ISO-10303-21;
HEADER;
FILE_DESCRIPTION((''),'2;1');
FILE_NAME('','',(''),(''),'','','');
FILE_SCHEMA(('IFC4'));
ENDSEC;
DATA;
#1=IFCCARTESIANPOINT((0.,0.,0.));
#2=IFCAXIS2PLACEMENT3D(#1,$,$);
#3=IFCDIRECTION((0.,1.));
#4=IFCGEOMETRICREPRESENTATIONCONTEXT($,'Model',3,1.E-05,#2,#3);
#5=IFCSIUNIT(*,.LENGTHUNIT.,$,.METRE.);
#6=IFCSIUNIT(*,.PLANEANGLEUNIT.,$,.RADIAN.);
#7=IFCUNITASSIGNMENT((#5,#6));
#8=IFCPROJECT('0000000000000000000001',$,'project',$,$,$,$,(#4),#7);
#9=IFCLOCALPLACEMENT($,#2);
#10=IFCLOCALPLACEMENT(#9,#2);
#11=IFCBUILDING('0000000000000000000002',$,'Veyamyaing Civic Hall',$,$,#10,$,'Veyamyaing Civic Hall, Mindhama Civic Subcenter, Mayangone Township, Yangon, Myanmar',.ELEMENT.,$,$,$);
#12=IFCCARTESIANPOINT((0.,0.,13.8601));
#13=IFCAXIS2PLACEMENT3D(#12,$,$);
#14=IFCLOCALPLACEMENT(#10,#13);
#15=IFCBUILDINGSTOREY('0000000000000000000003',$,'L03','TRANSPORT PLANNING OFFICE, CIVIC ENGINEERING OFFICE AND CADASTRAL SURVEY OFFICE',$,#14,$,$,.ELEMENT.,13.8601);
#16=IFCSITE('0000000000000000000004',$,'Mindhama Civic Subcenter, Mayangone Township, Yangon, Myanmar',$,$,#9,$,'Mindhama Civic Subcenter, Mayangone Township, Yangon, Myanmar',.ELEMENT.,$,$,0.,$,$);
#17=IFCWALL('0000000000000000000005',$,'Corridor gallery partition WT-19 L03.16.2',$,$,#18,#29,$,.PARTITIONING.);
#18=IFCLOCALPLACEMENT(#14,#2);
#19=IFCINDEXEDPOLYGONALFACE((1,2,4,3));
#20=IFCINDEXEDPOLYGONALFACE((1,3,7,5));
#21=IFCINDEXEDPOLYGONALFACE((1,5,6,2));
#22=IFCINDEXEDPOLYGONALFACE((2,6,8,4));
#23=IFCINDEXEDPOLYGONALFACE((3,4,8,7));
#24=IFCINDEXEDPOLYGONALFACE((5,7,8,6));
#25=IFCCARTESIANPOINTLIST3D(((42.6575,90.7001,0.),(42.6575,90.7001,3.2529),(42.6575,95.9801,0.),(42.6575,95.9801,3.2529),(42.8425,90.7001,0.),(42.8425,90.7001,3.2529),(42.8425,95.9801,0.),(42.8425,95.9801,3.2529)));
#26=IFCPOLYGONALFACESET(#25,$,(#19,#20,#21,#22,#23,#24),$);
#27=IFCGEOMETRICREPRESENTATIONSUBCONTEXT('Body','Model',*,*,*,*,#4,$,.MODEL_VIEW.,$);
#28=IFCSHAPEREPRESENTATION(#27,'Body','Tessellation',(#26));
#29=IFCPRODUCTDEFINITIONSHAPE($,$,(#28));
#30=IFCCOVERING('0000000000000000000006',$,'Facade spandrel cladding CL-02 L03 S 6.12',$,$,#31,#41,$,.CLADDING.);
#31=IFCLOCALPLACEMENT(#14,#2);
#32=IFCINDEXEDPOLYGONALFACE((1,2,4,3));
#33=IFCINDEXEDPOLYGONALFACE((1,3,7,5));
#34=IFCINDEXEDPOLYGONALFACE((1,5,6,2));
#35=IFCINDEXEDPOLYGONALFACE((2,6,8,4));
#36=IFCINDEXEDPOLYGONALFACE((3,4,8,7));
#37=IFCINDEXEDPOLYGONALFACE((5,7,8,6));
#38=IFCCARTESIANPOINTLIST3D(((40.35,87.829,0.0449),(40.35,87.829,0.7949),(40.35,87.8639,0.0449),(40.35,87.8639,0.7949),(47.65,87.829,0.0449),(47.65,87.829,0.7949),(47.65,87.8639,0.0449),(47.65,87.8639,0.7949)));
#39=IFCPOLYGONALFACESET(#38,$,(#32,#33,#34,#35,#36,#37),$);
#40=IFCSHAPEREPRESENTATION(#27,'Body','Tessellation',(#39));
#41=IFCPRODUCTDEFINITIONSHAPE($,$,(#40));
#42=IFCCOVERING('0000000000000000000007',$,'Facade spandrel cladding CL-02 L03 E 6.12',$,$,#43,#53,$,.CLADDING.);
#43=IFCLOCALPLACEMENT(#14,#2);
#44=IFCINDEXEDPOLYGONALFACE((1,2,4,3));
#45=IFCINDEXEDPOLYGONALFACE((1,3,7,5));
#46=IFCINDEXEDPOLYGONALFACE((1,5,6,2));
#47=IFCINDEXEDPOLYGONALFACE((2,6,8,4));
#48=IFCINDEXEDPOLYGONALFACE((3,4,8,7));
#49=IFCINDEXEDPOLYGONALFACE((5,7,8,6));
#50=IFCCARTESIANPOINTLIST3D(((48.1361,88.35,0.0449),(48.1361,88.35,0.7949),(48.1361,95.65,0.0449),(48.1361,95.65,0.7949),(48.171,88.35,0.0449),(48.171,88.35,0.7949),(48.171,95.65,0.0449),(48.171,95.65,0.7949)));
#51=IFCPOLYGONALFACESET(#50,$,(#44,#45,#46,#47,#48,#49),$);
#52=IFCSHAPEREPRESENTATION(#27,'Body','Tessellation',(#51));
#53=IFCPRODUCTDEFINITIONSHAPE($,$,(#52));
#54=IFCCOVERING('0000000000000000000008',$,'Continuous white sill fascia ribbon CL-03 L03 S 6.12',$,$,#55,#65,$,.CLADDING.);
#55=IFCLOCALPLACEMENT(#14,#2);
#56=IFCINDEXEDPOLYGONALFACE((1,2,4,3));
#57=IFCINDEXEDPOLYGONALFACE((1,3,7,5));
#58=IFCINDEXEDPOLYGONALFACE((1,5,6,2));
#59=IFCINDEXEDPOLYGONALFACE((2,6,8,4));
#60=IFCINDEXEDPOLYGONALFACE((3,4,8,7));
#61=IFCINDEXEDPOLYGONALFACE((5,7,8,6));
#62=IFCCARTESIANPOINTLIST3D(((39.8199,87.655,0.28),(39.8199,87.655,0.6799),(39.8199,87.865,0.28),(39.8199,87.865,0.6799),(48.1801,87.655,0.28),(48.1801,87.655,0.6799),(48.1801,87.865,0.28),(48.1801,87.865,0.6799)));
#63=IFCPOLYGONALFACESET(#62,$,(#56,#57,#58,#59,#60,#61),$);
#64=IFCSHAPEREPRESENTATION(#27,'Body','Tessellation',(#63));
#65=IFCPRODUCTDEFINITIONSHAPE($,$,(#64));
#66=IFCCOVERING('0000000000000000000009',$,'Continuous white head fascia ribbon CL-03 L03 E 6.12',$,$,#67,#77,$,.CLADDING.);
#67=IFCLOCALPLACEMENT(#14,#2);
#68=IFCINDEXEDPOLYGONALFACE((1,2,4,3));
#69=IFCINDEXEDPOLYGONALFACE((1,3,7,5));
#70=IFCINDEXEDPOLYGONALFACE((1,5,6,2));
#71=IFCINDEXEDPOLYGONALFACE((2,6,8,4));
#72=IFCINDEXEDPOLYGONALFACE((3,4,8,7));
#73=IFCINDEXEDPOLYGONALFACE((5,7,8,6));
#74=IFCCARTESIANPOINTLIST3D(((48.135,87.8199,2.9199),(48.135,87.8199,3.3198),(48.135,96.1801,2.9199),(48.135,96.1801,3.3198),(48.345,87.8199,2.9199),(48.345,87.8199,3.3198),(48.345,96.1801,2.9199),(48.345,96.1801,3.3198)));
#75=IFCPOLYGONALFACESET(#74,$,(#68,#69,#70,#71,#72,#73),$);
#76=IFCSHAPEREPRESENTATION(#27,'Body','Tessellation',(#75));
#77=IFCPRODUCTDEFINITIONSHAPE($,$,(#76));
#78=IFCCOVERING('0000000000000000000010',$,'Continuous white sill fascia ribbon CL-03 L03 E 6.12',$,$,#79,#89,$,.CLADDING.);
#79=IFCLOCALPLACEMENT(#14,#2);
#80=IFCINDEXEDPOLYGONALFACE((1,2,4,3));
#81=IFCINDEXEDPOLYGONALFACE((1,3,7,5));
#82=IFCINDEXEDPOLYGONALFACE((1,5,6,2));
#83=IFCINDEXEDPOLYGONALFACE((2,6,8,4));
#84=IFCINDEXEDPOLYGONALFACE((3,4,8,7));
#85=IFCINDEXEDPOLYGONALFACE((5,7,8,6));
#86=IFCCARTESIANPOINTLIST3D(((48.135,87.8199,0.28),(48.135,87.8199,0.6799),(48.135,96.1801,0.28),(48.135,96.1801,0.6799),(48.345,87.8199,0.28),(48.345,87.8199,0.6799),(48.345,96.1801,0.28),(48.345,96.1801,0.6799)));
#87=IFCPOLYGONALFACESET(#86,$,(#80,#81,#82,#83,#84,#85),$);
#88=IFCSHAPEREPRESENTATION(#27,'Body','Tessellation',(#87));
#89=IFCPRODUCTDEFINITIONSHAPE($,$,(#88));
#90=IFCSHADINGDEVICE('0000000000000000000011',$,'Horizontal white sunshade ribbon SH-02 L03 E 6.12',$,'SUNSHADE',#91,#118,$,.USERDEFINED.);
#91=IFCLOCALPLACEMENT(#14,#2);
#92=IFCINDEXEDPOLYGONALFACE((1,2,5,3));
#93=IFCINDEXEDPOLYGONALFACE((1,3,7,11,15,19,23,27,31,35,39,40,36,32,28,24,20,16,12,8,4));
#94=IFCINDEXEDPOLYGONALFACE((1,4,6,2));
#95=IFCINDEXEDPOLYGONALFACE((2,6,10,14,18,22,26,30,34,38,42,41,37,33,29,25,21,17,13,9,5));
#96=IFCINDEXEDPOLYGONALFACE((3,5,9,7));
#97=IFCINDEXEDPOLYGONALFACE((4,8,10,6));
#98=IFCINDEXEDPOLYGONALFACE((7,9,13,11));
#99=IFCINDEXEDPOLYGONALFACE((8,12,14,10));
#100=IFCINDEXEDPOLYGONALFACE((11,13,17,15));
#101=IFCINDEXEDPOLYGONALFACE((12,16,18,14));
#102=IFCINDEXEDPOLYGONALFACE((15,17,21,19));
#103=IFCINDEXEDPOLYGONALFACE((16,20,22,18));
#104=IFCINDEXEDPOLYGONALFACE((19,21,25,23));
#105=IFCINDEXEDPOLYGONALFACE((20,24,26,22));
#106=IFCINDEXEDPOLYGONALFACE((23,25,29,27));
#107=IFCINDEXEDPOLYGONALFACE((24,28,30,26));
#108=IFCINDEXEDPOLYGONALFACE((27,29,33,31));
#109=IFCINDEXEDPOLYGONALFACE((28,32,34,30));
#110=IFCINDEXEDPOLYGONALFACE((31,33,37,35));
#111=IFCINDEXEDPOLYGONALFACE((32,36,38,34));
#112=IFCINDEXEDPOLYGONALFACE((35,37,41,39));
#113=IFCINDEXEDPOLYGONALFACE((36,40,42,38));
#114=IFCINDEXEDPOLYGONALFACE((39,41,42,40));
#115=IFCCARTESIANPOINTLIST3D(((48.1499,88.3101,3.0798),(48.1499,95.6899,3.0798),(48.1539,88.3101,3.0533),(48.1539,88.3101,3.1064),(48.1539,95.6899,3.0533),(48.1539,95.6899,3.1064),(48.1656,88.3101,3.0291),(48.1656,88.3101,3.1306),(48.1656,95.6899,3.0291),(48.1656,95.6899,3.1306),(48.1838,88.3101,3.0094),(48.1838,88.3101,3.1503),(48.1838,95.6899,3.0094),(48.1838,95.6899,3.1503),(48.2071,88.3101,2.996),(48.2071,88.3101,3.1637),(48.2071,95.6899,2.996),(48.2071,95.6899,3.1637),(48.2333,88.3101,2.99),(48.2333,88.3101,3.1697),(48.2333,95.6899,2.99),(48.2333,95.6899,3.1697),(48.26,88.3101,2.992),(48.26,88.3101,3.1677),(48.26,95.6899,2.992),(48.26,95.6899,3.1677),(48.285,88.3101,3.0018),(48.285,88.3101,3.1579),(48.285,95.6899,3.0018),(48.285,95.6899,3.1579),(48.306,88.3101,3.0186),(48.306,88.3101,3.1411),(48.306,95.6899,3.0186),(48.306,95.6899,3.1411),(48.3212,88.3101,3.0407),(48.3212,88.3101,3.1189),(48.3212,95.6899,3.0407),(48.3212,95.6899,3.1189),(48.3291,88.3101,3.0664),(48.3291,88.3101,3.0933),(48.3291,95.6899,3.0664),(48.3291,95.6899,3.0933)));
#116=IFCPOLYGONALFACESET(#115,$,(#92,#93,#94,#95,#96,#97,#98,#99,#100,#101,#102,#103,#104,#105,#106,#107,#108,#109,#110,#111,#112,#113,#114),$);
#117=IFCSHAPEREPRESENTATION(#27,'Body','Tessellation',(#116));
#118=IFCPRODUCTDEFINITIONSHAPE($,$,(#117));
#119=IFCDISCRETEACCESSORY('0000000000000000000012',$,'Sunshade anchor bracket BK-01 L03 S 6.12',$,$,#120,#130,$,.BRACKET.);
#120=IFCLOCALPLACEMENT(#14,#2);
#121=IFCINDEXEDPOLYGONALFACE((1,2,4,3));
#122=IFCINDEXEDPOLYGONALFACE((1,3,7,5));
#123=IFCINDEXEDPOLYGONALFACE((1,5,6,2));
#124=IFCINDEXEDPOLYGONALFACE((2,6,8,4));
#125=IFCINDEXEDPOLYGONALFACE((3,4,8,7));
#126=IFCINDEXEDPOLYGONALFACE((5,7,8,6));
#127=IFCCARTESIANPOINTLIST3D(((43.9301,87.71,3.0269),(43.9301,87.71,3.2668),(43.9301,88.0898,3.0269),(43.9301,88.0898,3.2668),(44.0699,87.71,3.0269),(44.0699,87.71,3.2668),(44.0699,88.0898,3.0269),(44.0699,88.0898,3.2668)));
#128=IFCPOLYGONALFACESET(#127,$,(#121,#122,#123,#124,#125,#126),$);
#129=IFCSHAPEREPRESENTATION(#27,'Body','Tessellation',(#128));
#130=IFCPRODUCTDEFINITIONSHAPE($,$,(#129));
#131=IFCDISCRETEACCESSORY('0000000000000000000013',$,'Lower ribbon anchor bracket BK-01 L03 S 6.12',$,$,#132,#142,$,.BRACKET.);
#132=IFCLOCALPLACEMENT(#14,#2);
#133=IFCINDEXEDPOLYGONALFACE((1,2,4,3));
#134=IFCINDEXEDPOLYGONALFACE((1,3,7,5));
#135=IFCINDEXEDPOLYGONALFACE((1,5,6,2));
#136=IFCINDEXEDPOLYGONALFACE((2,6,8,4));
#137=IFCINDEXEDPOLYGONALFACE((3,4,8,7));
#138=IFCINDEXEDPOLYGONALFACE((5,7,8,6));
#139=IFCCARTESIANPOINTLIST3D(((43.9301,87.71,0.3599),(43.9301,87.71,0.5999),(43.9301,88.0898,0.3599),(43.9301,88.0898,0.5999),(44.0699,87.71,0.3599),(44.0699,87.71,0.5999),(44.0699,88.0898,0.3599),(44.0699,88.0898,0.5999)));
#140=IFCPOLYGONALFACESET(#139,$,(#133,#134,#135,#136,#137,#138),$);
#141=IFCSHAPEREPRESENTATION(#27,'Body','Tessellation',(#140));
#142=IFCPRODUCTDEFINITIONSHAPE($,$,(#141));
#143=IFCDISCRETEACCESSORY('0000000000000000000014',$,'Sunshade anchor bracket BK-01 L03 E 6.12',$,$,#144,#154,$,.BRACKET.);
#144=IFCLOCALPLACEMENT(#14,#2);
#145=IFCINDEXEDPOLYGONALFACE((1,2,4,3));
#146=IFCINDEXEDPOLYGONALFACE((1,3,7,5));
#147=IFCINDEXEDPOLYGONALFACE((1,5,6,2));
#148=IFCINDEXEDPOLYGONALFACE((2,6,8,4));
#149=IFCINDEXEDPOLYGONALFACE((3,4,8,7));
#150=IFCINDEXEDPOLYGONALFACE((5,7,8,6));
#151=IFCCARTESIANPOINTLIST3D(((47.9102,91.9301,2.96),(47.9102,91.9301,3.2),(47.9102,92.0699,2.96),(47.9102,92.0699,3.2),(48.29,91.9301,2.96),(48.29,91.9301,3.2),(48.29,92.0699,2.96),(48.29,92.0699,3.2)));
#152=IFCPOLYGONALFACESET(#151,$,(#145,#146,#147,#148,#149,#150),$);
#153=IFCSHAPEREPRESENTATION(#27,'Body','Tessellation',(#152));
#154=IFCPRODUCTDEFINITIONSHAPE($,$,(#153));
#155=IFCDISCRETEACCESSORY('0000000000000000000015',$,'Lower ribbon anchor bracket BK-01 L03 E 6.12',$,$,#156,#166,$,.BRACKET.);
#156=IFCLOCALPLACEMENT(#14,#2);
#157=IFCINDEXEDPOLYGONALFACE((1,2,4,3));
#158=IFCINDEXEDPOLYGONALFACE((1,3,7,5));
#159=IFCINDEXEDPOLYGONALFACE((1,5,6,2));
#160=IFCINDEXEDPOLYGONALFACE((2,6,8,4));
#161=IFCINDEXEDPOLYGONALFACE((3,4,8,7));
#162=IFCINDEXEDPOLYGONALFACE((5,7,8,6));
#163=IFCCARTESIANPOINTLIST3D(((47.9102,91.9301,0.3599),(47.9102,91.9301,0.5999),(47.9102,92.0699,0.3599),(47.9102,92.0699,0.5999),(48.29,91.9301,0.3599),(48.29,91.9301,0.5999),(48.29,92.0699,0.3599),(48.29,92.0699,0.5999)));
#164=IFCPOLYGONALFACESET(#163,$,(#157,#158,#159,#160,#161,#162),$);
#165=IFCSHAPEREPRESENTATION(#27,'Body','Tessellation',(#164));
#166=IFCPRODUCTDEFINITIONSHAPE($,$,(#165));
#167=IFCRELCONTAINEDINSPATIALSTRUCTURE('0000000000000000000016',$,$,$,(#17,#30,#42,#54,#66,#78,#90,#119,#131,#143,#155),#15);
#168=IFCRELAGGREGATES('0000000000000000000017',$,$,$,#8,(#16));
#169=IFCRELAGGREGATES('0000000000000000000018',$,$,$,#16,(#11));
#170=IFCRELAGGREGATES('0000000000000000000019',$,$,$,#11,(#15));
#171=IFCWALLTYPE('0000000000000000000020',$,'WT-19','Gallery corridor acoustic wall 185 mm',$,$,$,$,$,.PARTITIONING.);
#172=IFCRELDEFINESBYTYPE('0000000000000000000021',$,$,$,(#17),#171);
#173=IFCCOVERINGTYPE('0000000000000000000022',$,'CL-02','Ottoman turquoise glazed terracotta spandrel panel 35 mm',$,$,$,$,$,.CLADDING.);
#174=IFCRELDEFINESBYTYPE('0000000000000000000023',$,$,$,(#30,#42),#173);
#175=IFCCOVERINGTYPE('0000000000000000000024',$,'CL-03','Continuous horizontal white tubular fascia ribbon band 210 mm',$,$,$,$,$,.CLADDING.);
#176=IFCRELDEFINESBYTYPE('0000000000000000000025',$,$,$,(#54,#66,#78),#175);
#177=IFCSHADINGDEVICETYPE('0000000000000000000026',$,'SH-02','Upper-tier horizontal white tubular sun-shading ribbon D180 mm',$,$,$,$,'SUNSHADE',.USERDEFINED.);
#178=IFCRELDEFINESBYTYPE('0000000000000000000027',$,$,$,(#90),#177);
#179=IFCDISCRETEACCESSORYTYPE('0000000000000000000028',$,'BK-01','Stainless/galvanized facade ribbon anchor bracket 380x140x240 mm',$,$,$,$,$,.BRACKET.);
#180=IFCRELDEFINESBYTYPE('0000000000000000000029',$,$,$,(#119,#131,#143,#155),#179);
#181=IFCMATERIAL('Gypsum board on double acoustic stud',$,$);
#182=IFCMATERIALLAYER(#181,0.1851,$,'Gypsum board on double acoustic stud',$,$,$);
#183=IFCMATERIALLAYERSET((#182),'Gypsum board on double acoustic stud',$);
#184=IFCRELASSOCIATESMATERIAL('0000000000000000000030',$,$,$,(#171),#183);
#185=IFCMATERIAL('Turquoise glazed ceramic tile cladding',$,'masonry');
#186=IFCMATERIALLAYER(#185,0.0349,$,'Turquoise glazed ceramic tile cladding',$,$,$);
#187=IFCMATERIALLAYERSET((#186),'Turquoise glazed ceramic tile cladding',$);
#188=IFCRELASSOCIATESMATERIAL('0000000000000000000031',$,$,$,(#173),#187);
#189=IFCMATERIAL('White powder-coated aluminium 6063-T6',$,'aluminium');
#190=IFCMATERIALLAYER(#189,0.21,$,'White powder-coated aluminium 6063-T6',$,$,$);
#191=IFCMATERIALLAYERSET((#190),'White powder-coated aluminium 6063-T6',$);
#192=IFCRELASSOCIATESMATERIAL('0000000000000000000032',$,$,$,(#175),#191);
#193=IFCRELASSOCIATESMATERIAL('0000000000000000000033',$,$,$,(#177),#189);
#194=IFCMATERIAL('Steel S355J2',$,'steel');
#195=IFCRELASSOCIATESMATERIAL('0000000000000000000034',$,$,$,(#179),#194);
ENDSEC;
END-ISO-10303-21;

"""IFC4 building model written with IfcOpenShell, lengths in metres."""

from ifc_helpers import new_model, si_unit, direction, frame, frame_2d, origin, origin_2d, place, context, subcontext, project, spatial, rectangle, circle, extrude, material, layer, layer_set, material_profile, profile_set, type_object, element, save


model = new_model("IFC4")

# Units and contexts
model_context = context("Model", 3, precision=1e-05, world=origin(), true_north=direction((0.0, 1.0)))
body_context = subcontext(model_context, "Body", "Model", "MODEL_VIEW")
ifc_project = project(units=[si_unit("LENGTHUNIT", "METRE"), si_unit("PLANEANGLEUNIT", "RADIAN")], contexts=[model_context])

# Site, building, storey
site_placement = place(None, origin())
site = spatial("IfcSite", under=ifc_project, at=site_placement, Name="Mindhama Civic Subcenter, Mayangone Township, Yangon, Myanmar", LongName="Mindhama Civic Subcenter, Mayangone Township, Yangon, Myanmar", CompositionType="ELEMENT", RefElevation=0.0)
building_placement = place(site_placement, origin())
building = spatial("IfcBuilding", under=site, at=building_placement, Name="Veyamyaing Civic Hall", LongName="Veyamyaing Civic Hall, Mindhama Civic Subcenter, Mayangone Township, Yangon, Myanmar", CompositionType="ELEMENT")
storey_placement = place(building_placement, frame((0.0, 0.0, 13.8601)))
storey = spatial("IfcBuildingStorey", under=building, at=storey_placement, Name="L03", Description="TRANSPORT PLANNING OFFICE, CIVIC ENGINEERING OFFICE AND CADASTRAL SURVEY OFFICE", CompositionType="ELEMENT", Elevation=13.8601)

# Shared definitions
ifc_material_1 = material(Name="Gypsum board on double acoustic stud")
ifc_layer_1 = layer(ifc_material_1, 0.1851, Name="Gypsum board on double acoustic stud")
ifc_layer_set_1 = layer_set([ifc_layer_1], Name="Gypsum board on double acoustic stud")
wall_type_1 = type_object("IfcWallType", Name="WT-19", Description="Gallery corridor acoustic wall 185 mm", PredefinedType="PARTITIONING", material=ifc_layer_set_1)

# Wall
wall_1_placement = place(storey_placement, frame((42.75, 90.7, 0.0), z_axis=(0.0, 0.0, 1.0), x_axis=(0.0, 1.0, 0.0)))
element("IfcWall", 1, at=wall_1_placement, inside=storey, type_object=wall_type_1, Name="Corridor gallery partition WT-19 L03.16.2", PredefinedType="PARTITIONING", context=body_context, shape_type="SweptSolid", body=[
    extrude(rectangle(XDim=5.28, YDim=0.1851, at=frame_2d((2.6401, 0.0))), origin(), (0.0, 0.0, 1.0), 3.2529),
])

# Coverings
ifc_material_2 = material(Name="Turquoise glazed ceramic tile cladding", Category="masonry")
ifc_layer_2 = layer(ifc_material_2, 0.0349, Name="Turquoise glazed ceramic tile cladding")
ifc_layer_set_2 = layer_set([ifc_layer_2], Name="Turquoise glazed ceramic tile cladding")
covering_type_1 = type_object("IfcCoveringType", Name="CL-02", Description="Ottoman turquoise glazed terracotta spandrel panel 35 mm", PredefinedType="CLADDING", material=ifc_layer_set_2)
for number, where, z_axis, x_axis, name in (
    (2, (44.0, 87.8464, 0.0449), (0.0, 0.0, 1.0), (1.0, 0.0, 0.0), "Facade spandrel cladding CL-02 L03 S 6.12"),
    (3, (48.1536, 92.0, 0.0449), (0.0, 0.0, 1.0), (0.0, 1.0, 0.0), "Facade spandrel cladding CL-02 L03 E 6.12"),
):
    element("IfcCovering", number, at=place(storey_placement, frame(where, z_axis=z_axis, x_axis=x_axis)), inside=storey, type_object=covering_type_1, Name=name, PredefinedType="CLADDING", context=body_context, shape_type="SweptSolid", body=[
        extrude(rectangle(XDim=7.3, YDim=0.0349, at=origin_2d()), origin(), (0.0, 0.0, 1.0), 0.75),
    ])
ifc_material_3 = material(Name="White powder-coated aluminium 6063-T6", Category="aluminium")
ifc_layer_3 = layer(ifc_material_3, 0.21, Name="White powder-coated aluminium 6063-T6")
ifc_layer_set_3 = layer_set([ifc_layer_3], Name="White powder-coated aluminium 6063-T6")
covering_type_2 = type_object("IfcCoveringType", Name="CL-03", Description="Continuous horizontal white tubular fascia ribbon band 210 mm", PredefinedType="CLADDING", material=ifc_layer_set_3)
for number, where, z_axis, x_axis, name in (
    (4, (44.0, 87.76, 0.28), (0.0, 0.0, 1.0), (1.0, 0.0, 0.0), "Continuous white sill fascia ribbon CL-03 L03 S 6.12"),
    (5, (48.24, 92.0, 2.9199), (0.0, 0.0, 1.0), (0.0, 1.0, 0.0), "Continuous white head fascia ribbon CL-03 L03 E 6.12"),
    (6, (48.24, 92.0, 0.28), (0.0, 0.0, 1.0), (0.0, 1.0, 0.0), "Continuous white sill fascia ribbon CL-03 L03 E 6.12"),
):
    element("IfcCovering", number, at=place(storey_placement, frame(where, z_axis=z_axis, x_axis=x_axis)), inside=storey, type_object=covering_type_2, Name=name, PredefinedType="CLADDING", context=body_context, shape_type="SweptSolid", body=[
        extrude(rectangle(XDim=8.3601, YDim=0.21, at=origin_2d()), origin(), (0.0, 0.0, 1.0), 0.3999),
    ])

# Shading device
ifc_material_profile_1 = material_profile(ifc_material_3, circle(Radius=0.0901, at=origin_2d()), Name="SHADE-TUBE-180")
ifc_profile_set_1 = profile_set([ifc_material_profile_1], Name="White powder-coated aluminium 6063-T6")
shading_device_type = type_object("IfcShadingDeviceType", Name="SH-02", Description="Upper-tier horizontal white tubular sun-shading ribbon D180 mm", ElementType="SUNSHADE", PredefinedType="USERDEFINED", material=ifc_profile_set_1)
shading_device_placement = place(storey_placement, frame((48.24, 88.3101, 3.0798), z_axis=(0.0, 1.0, 0.0), x_axis=(-1.0, 0.0, 0.0)))
element("IfcShadingDevice", 7, at=shading_device_placement, inside=storey, type_object=shading_device_type, Name="Horizontal white sunshade ribbon SH-02 L03 E 6.12", ObjectType="SUNSHADE", PredefinedType="USERDEFINED", context=body_context, shape_type="SweptSolid", body=[
    extrude(circle(Radius=0.0901, at=origin_2d()), origin(), (0.0, 0.0, 1.0), 7.3799),
])

# Discrete accessories
ifc_material_4 = material(Name="Steel S355J2", Category="steel")
discrete_accessory_type = type_object("IfcDiscreteAccessoryType", Name="BK-01", Description="Stainless/galvanized facade ribbon anchor bracket 380x140x240 mm", PredefinedType="BRACKET", material=ifc_material_4)
for number, where, z_axis, x_axis, name in (
    (8, (44.0, 87.8999, 3.0269), (0.0, 0.0, 1.0), (0.0, -1.0, 0.0), "Sunshade anchor bracket BK-01 L03 S 6.12"),
    (9, (44.0, 87.8999, 0.3599), (0.0, 0.0, 1.0), (0.0, -1.0, 0.0), "Lower ribbon anchor bracket BK-01 L03 S 6.12"),
    (10, (48.1001, 92.0, 2.96), (0.0, 0.0, 1.0), (1.0, 0.0, 0.0), "Sunshade anchor bracket BK-01 L03 E 6.12"),
    (11, (48.1001, 92.0, 0.3599), (0.0, 0.0, 1.0), (1.0, 0.0, 0.0), "Lower ribbon anchor bracket BK-01 L03 E 6.12"),
):
    element("IfcDiscreteAccessory", number, at=place(storey_placement, frame(where, z_axis=z_axis, x_axis=x_axis)), inside=storey, type_object=discrete_accessory_type, Name=name, PredefinedType="BRACKET", context=body_context, shape_type="SweptSolid", body=[
        extrude(rectangle(XDim=0.3799, YDim=0.1399, at=origin_2d()), origin(), (0.0, 0.0, 1.0), 0.24),
    ])

save(model, "model.ifc")
